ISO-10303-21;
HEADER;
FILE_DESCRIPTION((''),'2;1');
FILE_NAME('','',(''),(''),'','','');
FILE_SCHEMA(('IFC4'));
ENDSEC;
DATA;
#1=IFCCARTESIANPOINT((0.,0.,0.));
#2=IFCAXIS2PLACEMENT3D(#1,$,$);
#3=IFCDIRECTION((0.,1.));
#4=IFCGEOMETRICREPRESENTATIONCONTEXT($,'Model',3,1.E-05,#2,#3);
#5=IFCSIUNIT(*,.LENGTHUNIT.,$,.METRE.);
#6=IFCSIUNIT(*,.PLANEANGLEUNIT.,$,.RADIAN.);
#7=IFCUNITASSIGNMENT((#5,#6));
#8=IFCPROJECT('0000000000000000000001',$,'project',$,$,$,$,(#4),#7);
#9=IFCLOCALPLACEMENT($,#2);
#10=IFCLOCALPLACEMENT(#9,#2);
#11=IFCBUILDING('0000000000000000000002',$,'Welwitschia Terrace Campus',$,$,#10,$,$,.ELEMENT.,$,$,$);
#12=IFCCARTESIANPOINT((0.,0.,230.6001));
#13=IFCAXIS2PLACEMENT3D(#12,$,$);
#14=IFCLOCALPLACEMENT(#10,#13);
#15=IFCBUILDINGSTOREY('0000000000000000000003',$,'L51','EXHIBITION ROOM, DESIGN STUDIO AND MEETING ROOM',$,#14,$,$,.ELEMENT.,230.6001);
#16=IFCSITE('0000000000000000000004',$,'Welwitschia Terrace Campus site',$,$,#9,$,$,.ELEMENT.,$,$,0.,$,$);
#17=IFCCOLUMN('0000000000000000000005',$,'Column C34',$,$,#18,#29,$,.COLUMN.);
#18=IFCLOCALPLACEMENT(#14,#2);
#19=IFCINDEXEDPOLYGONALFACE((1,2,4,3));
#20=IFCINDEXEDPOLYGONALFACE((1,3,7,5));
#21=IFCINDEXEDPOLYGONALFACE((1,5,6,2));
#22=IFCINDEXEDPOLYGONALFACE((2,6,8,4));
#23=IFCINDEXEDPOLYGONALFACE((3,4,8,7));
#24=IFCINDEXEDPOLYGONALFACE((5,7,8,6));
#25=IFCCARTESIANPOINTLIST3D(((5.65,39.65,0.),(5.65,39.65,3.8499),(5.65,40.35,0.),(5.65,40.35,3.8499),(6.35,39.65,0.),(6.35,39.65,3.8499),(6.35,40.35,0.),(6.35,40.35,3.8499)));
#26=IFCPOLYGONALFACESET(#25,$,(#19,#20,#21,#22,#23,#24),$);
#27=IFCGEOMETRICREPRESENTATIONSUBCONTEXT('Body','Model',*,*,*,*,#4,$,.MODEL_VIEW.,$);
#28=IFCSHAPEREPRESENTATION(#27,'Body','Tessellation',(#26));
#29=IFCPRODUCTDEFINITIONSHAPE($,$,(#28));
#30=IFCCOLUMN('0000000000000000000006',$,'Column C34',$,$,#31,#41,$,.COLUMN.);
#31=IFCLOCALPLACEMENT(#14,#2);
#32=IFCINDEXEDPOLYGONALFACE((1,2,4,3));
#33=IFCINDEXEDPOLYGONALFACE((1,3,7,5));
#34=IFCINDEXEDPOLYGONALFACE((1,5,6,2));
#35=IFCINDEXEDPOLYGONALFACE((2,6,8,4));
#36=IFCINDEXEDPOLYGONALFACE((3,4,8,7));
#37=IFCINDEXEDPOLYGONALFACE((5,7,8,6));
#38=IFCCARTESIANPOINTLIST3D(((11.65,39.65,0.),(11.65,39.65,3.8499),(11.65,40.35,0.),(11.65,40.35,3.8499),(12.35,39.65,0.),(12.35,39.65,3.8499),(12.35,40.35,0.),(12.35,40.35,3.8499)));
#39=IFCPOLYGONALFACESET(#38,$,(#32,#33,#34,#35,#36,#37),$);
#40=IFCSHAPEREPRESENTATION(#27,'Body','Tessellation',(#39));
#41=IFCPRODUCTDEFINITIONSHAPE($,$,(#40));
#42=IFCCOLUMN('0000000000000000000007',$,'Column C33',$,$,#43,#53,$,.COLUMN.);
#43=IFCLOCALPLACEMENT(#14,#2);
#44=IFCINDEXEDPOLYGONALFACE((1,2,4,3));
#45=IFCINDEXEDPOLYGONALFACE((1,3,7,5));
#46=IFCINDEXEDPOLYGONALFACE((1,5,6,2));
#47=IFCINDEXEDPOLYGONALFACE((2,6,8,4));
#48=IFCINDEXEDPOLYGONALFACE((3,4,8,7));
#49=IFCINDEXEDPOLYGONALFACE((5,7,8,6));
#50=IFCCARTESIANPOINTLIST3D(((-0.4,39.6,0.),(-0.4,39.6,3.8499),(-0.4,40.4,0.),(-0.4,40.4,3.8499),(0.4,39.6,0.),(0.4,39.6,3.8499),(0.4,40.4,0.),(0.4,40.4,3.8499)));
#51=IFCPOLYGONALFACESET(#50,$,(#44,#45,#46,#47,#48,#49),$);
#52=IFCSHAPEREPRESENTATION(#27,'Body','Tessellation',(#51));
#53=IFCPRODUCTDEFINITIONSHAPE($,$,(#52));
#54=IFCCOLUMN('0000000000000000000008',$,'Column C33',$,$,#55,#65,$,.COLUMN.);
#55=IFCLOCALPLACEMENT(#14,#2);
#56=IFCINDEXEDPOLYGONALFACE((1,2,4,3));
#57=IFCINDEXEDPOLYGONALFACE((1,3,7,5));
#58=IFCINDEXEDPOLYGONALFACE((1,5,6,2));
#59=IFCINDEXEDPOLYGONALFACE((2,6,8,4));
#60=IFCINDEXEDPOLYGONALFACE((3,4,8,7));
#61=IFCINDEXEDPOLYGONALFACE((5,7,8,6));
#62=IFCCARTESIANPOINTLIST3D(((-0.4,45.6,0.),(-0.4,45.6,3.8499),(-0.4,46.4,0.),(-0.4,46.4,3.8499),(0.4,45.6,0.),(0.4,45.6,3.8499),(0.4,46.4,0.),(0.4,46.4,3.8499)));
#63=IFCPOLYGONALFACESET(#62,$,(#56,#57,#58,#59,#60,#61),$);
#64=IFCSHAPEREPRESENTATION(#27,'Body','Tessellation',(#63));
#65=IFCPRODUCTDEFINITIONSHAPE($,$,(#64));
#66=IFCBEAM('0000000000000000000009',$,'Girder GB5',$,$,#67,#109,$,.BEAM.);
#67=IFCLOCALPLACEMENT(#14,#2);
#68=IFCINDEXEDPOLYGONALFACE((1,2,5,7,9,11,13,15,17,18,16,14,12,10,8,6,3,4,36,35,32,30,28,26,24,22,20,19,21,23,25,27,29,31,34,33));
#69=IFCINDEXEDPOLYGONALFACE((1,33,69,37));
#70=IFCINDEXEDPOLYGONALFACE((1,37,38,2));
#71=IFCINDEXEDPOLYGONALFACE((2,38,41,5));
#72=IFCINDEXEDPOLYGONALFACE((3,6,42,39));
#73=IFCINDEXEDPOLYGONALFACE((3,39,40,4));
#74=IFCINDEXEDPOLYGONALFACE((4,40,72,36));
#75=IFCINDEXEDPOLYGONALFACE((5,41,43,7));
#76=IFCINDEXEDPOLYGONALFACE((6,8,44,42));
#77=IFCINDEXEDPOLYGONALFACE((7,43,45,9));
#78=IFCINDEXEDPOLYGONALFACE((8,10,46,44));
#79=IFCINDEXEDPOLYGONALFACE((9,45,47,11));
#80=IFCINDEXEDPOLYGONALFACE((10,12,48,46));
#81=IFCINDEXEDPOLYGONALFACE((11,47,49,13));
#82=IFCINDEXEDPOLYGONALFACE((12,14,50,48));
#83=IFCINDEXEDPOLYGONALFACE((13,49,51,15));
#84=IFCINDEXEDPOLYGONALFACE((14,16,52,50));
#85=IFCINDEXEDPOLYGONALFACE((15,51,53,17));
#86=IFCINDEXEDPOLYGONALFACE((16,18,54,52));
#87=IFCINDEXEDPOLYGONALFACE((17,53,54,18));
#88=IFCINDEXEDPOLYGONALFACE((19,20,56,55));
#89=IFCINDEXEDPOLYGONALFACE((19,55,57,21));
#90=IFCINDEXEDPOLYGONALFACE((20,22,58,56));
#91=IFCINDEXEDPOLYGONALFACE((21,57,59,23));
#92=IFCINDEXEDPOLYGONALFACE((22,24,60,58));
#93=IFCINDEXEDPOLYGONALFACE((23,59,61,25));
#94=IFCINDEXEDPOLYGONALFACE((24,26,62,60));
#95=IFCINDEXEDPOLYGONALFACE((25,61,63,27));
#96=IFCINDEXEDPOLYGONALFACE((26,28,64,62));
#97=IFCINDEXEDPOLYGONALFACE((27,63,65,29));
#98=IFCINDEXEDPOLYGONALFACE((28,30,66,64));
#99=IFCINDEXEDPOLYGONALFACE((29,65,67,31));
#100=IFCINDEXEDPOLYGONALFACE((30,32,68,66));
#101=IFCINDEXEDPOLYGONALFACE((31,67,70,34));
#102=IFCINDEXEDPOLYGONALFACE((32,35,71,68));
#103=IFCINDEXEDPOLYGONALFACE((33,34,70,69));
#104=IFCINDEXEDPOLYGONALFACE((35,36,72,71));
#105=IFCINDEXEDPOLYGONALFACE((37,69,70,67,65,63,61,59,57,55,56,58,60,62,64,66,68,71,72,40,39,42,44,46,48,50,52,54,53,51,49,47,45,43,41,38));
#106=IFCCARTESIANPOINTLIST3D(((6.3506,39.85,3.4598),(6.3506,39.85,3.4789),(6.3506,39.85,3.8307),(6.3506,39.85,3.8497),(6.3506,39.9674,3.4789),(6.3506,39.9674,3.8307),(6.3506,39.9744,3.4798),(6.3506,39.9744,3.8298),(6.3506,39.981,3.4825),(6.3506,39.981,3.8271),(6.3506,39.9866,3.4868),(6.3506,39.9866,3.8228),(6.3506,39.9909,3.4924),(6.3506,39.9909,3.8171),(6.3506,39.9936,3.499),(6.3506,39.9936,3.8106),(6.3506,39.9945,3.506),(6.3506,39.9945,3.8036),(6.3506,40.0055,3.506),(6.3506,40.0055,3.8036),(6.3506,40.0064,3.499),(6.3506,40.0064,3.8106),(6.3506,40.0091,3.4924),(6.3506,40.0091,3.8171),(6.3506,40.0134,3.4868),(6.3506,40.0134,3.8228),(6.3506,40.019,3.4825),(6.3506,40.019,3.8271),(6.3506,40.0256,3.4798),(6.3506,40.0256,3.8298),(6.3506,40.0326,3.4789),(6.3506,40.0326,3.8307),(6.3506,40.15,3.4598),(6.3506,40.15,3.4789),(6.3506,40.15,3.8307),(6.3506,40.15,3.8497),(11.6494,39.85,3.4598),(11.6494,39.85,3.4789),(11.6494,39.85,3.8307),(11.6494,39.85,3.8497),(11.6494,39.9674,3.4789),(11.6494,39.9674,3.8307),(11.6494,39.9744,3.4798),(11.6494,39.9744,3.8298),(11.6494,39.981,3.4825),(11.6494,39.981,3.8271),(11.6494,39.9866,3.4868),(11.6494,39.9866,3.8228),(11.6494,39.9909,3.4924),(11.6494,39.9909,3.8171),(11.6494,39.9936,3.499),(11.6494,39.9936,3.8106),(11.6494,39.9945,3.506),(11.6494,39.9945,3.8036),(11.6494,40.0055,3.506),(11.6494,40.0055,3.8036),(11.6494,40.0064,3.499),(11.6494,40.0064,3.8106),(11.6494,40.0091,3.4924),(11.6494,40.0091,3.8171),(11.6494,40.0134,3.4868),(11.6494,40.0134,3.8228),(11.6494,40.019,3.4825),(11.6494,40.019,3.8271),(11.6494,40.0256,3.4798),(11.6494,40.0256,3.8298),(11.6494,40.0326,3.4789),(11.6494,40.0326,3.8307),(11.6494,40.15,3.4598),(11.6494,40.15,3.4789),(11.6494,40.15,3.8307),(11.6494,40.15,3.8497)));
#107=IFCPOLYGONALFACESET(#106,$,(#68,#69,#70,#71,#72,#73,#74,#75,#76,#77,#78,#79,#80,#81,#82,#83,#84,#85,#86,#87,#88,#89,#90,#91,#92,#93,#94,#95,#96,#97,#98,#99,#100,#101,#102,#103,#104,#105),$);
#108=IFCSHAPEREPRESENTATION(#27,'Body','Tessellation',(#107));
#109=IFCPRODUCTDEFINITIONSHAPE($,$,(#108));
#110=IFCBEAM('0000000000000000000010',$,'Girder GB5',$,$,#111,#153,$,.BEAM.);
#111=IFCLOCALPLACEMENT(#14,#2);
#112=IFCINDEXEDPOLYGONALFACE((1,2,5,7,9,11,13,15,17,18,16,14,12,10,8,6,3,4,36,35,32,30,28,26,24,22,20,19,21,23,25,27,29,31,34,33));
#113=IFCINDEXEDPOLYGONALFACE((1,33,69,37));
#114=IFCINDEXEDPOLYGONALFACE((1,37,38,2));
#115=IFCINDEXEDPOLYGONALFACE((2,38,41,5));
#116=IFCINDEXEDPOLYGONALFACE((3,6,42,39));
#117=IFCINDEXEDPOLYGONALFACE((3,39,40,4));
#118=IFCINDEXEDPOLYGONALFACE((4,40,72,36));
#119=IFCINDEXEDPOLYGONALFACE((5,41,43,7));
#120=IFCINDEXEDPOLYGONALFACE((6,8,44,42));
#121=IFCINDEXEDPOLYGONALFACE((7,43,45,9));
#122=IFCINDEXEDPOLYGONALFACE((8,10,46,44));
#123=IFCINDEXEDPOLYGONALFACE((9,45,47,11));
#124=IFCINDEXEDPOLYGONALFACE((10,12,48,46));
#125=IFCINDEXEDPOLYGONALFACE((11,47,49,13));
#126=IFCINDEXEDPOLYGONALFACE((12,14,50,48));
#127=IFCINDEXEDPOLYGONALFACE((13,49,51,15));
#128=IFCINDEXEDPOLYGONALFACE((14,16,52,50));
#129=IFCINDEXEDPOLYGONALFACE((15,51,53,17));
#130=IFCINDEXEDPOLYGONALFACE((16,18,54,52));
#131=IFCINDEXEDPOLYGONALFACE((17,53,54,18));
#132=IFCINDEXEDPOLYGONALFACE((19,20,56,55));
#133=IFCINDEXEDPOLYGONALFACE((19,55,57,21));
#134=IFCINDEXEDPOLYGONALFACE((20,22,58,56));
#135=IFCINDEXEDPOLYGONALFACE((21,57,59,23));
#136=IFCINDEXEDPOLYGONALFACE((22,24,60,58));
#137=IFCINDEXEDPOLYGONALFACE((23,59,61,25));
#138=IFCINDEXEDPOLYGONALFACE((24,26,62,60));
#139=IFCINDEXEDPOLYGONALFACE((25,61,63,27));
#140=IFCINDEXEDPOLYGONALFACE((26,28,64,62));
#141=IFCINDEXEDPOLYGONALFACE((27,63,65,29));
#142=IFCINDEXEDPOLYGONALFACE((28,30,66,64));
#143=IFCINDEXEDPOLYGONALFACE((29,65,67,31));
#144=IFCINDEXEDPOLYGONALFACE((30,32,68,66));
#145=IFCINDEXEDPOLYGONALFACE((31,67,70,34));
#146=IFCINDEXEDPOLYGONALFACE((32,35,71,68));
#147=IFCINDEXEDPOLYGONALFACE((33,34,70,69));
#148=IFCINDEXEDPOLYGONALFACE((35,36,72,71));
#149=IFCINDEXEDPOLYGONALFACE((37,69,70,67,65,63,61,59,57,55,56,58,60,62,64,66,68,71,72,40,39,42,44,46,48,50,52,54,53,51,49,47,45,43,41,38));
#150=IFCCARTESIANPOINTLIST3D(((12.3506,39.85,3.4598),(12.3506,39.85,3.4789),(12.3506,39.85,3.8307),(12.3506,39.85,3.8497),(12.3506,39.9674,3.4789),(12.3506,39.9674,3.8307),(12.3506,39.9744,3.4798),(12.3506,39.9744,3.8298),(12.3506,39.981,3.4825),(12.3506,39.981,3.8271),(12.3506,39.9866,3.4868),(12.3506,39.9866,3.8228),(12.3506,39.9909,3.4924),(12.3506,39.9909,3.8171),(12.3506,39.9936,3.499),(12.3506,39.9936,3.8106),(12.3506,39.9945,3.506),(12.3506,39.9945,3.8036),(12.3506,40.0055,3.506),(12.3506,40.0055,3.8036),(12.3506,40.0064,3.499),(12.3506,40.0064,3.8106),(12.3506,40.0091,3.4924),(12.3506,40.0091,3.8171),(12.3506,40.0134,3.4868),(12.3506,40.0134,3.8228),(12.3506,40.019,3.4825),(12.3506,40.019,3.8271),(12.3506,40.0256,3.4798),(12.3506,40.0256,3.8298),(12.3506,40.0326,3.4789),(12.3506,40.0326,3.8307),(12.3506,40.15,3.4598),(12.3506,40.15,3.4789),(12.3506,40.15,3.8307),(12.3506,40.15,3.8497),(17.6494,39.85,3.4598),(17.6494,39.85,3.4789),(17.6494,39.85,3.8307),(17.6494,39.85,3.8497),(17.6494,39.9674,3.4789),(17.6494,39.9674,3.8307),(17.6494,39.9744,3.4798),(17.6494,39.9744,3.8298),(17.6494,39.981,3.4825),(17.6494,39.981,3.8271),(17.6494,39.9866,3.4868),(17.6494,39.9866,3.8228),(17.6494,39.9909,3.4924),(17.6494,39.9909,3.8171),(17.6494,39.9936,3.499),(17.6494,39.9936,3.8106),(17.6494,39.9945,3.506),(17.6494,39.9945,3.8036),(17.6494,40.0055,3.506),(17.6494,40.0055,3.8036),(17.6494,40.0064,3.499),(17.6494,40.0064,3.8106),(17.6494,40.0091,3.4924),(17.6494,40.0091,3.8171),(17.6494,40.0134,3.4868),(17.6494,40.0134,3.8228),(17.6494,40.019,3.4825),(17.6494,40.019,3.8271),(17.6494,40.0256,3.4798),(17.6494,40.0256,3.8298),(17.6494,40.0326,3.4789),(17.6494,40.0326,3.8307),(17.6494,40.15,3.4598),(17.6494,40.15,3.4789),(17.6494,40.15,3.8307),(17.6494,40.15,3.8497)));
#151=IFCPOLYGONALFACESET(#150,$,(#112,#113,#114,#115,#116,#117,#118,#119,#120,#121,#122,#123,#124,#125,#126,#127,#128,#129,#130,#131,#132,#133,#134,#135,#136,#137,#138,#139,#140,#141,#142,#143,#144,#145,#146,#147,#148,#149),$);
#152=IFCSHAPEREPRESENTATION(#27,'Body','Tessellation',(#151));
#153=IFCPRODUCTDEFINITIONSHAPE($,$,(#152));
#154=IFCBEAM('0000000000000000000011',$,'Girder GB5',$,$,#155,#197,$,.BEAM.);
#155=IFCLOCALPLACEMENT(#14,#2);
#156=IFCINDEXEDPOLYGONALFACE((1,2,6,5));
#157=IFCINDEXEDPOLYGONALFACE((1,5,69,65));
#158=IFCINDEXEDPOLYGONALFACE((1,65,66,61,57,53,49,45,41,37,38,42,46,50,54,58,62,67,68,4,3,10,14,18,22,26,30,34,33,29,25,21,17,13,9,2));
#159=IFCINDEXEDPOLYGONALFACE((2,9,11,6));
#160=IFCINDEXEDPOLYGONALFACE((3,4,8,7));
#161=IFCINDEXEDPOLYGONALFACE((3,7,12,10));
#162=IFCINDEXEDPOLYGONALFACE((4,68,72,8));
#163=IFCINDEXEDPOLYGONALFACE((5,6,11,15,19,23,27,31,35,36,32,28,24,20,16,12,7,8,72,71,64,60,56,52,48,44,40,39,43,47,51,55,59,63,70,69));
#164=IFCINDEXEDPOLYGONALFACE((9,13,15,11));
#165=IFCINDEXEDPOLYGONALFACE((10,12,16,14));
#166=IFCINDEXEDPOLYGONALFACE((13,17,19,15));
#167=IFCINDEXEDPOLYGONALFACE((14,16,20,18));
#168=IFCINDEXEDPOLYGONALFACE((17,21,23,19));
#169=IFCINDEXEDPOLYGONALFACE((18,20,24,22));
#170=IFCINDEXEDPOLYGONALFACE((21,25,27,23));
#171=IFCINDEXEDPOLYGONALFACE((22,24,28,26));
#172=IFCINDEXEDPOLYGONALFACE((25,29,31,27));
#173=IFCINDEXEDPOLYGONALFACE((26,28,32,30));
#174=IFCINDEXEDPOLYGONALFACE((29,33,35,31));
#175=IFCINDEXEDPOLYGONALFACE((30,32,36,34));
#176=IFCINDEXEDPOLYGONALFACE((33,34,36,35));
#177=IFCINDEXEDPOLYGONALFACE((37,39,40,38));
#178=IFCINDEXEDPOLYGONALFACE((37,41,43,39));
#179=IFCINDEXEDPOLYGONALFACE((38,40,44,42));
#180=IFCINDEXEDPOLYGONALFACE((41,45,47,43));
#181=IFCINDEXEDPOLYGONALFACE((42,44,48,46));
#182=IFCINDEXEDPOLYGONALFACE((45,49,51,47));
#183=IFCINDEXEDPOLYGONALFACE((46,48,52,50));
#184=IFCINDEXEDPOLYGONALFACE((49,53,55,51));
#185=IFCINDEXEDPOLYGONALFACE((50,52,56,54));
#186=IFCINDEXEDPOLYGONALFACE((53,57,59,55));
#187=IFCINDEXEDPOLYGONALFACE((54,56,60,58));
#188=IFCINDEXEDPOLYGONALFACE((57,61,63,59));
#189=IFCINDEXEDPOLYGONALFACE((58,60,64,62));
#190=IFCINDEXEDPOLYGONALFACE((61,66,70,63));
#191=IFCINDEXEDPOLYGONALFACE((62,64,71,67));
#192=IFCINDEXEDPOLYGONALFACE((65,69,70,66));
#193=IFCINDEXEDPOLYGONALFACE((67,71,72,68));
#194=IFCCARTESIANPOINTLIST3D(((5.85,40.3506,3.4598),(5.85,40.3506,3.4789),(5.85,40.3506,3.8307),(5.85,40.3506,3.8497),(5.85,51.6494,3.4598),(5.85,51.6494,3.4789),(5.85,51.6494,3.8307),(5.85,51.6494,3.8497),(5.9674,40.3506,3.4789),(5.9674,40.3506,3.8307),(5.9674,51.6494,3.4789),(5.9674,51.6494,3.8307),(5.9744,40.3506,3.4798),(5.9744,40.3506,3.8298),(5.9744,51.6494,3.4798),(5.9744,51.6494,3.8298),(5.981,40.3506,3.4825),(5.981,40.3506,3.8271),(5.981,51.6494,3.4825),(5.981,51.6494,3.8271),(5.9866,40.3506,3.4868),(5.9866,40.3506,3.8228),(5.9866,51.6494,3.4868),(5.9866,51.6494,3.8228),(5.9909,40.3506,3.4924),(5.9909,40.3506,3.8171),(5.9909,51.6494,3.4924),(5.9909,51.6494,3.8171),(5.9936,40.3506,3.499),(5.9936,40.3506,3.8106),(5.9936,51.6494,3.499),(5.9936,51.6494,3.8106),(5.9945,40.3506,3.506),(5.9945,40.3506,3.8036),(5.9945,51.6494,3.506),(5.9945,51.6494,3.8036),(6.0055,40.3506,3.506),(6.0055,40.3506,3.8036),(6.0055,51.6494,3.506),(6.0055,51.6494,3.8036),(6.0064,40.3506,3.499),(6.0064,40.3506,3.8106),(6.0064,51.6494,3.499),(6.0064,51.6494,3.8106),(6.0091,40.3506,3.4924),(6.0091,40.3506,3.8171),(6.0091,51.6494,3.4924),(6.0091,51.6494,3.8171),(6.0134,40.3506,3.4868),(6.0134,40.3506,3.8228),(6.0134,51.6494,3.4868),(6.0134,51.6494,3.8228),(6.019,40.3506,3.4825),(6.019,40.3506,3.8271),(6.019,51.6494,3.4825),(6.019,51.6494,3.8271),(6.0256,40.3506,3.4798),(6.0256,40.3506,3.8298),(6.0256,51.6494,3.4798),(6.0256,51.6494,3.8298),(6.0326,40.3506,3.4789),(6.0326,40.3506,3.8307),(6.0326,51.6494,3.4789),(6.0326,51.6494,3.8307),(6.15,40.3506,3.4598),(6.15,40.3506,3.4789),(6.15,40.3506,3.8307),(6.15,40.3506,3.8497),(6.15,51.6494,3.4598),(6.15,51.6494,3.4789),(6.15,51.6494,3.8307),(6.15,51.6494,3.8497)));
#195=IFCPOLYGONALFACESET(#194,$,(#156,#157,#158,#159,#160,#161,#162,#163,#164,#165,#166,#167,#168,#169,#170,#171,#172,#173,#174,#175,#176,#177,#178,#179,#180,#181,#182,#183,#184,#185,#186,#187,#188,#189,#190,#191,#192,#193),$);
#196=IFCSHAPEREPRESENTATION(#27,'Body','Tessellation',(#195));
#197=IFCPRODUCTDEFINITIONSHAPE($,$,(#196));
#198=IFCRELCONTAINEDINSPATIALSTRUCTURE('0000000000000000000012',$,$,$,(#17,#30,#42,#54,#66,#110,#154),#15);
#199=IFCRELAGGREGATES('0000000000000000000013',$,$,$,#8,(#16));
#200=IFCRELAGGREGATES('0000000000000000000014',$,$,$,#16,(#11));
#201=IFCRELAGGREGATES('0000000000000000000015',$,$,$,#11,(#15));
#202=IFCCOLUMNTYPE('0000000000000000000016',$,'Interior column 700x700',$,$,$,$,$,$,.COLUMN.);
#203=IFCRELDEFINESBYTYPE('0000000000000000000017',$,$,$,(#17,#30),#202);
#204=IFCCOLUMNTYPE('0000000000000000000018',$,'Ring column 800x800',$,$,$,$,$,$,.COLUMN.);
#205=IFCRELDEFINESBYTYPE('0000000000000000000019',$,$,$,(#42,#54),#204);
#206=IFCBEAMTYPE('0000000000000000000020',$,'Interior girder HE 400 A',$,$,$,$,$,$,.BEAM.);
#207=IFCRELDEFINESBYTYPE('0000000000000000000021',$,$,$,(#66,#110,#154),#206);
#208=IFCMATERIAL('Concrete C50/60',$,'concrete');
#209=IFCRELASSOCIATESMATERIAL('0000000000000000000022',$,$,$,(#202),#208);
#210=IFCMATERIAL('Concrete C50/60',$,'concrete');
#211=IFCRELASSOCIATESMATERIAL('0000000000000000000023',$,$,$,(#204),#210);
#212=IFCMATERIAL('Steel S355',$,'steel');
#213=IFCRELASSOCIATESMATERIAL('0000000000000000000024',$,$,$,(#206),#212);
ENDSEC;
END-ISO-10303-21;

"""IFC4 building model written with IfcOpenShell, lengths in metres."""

from ifc_helpers import new_model, si_unit, direction, frame, origin, origin_2d, place, context, subcontext, project, spatial, rectangle, i_section, extrude, material, material_profile, profile_set, type_object, element, save


model = new_model("IFC4")

# Units and contexts
model_context = context("Model", 3, precision=1e-05, world=origin(), true_north=direction((0.0, 1.0)))
body_context = subcontext(model_context, "Body", "Model", "MODEL_VIEW")
ifc_project = project(units=[si_unit("LENGTHUNIT", "METRE"), si_unit("PLANEANGLEUNIT", "RADIAN")], contexts=[model_context])

# Site, building, storey
site_placement = place(None, origin())
site = spatial("IfcSite", under=ifc_project, at=site_placement, Name="Welwitschia Terrace Campus site", CompositionType="ELEMENT", RefElevation=0.0)
building_placement = place(site_placement, origin())
building = spatial("IfcBuilding", under=site, at=building_placement, Name="Welwitschia Terrace Campus", CompositionType="ELEMENT")
storey_placement = place(building_placement, frame((0.0, 0.0, 230.6001)))
storey = spatial("IfcBuildingStorey", under=building, at=storey_placement, Name="L51", Description="EXHIBITION ROOM, DESIGN STUDIO AND MEETING ROOM", CompositionType="ELEMENT", Elevation=230.6001)

# Columns
ifc_material_1 = material(Name="Concrete C50/60", Category="concrete")
ifc_material_profile_1 = material_profile(ifc_material_1, rectangle(XDim=0.7, YDim=0.7, at=origin_2d()))
ifc_profile_set_1 = profile_set([ifc_material_profile_1], Name="Concrete C50/60")
column_type_1 = type_object("IfcColumnType", Name="Interior column 700x700", PredefinedType="COLUMN", material=ifc_profile_set_1)
for number, where, z_axis, x_axis, name in (
    (1, (6.0, 40.0, 0.0), (0.0, 0.0, 1.0), (1.0, 0.0, 0.0), "Column C34"),
    (2, (12.0, 40.0, 0.0), (0.0, 0.0, 1.0), (1.0, 0.0, 0.0), "Column C34"),
):
    element("IfcColumn", number, at=place(storey_placement, frame(where, z_axis=z_axis, x_axis=x_axis)), inside=storey, type_object=column_type_1, Name=name, PredefinedType="COLUMN", context=body_context, shape_type="SweptSolid", body=[
        extrude(rectangle(XDim=0.7, YDim=0.7, at=origin_2d()), origin(), (0.0, 0.0, 1.0), 3.8499),
    ])
ifc_material_2 = material(Name="Concrete C50/60", Category="concrete")
ifc_material_profile_2 = material_profile(ifc_material_2, rectangle(XDim=0.8, YDim=0.8, at=origin_2d()))
ifc_profile_set_2 = profile_set([ifc_material_profile_2], Name="Concrete C50/60")
column_type_2 = type_object("IfcColumnType", Name="Ring column 800x800", PredefinedType="COLUMN", material=ifc_profile_set_2)
for number, where, z_axis, x_axis, name in (
    (3, (0.0, 40.0, 0.0), (0.0, 0.0, 1.0), (1.0, 0.0, 0.0), "Column C33"),
    (4, (0.0, 46.0, 0.0), (0.0, 0.0, 1.0), (1.0, 0.0, 0.0), "Column C33"),
):
    element("IfcColumn", number, at=place(storey_placement, frame(where, z_axis=z_axis, x_axis=x_axis)), inside=storey, type_object=column_type_2, Name=name, PredefinedType="COLUMN", context=body_context, shape_type="SweptSolid", body=[
        extrude(rectangle(XDim=0.8, YDim=0.8, at=origin_2d()), origin(), (0.0, 0.0, 1.0), 3.8499),
    ])

# Beams
ifc_material_3 = material(Name="Steel S355", Category="steel")
ifc_material_profile_3 = material_profile(ifc_material_3, i_section(OverallWidth=0.3, OverallDepth=0.3899, WebThickness=0.011, FlangeThickness=0.019, FilletRadius=0.0271, at=origin_2d()))
ifc_profile_set_3 = profile_set([ifc_material_profile_3], Name="Steel S355")
beam_type_1 = type_object("IfcBeamType", Name="Interior girder HE 400 A", PredefinedType="BEAM", material=ifc_profile_set_3)
for number, where, z_axis, x_axis, name in (
    (5, (6.3506, 40.0, 3.6548), (1.0, 0.0, 0.0), (0.0, 1.0, 0.0), "Girder GB5"),
    (6, (12.3506, 40.0, 3.6548), (1.0, 0.0, 0.0), (0.0, 1.0, 0.0), "Girder GB5"),
):
    element("IfcBeam", number, at=place(storey_placement, frame(where, z_axis=z_axis, x_axis=x_axis)), inside=storey, type_object=beam_type_1, Name=name, PredefinedType="BEAM", context=body_context, shape_type="SweptSolid", body=[
        extrude(i_section(OverallWidth=0.3, OverallDepth=0.3899, WebThickness=0.011, FlangeThickness=0.019, FilletRadius=0.0271, at=origin_2d()), origin(), (0.0, 0.0, 1.0), 5.2988),
    ])
beam_1_placement = place(storey_placement, frame((6.0, 40.3506, 3.6548), z_axis=(0.0, 1.0, 0.0), x_axis=(-1.0, 0.0, 0.0)))
element("IfcBeam", 7, at=beam_1_placement, inside=storey, type_object=beam_type_1, Name="Girder GB5", PredefinedType="BEAM", context=body_context, shape_type="SweptSolid", body=[
    extrude(i_section(OverallWidth=0.3, OverallDepth=0.3899, WebThickness=0.011, FlangeThickness=0.019, FilletRadius=0.0271, at=origin_2d()), origin(), (0.0, 0.0, 1.0), 11.2988),
])

save(model, "model.ifc")
